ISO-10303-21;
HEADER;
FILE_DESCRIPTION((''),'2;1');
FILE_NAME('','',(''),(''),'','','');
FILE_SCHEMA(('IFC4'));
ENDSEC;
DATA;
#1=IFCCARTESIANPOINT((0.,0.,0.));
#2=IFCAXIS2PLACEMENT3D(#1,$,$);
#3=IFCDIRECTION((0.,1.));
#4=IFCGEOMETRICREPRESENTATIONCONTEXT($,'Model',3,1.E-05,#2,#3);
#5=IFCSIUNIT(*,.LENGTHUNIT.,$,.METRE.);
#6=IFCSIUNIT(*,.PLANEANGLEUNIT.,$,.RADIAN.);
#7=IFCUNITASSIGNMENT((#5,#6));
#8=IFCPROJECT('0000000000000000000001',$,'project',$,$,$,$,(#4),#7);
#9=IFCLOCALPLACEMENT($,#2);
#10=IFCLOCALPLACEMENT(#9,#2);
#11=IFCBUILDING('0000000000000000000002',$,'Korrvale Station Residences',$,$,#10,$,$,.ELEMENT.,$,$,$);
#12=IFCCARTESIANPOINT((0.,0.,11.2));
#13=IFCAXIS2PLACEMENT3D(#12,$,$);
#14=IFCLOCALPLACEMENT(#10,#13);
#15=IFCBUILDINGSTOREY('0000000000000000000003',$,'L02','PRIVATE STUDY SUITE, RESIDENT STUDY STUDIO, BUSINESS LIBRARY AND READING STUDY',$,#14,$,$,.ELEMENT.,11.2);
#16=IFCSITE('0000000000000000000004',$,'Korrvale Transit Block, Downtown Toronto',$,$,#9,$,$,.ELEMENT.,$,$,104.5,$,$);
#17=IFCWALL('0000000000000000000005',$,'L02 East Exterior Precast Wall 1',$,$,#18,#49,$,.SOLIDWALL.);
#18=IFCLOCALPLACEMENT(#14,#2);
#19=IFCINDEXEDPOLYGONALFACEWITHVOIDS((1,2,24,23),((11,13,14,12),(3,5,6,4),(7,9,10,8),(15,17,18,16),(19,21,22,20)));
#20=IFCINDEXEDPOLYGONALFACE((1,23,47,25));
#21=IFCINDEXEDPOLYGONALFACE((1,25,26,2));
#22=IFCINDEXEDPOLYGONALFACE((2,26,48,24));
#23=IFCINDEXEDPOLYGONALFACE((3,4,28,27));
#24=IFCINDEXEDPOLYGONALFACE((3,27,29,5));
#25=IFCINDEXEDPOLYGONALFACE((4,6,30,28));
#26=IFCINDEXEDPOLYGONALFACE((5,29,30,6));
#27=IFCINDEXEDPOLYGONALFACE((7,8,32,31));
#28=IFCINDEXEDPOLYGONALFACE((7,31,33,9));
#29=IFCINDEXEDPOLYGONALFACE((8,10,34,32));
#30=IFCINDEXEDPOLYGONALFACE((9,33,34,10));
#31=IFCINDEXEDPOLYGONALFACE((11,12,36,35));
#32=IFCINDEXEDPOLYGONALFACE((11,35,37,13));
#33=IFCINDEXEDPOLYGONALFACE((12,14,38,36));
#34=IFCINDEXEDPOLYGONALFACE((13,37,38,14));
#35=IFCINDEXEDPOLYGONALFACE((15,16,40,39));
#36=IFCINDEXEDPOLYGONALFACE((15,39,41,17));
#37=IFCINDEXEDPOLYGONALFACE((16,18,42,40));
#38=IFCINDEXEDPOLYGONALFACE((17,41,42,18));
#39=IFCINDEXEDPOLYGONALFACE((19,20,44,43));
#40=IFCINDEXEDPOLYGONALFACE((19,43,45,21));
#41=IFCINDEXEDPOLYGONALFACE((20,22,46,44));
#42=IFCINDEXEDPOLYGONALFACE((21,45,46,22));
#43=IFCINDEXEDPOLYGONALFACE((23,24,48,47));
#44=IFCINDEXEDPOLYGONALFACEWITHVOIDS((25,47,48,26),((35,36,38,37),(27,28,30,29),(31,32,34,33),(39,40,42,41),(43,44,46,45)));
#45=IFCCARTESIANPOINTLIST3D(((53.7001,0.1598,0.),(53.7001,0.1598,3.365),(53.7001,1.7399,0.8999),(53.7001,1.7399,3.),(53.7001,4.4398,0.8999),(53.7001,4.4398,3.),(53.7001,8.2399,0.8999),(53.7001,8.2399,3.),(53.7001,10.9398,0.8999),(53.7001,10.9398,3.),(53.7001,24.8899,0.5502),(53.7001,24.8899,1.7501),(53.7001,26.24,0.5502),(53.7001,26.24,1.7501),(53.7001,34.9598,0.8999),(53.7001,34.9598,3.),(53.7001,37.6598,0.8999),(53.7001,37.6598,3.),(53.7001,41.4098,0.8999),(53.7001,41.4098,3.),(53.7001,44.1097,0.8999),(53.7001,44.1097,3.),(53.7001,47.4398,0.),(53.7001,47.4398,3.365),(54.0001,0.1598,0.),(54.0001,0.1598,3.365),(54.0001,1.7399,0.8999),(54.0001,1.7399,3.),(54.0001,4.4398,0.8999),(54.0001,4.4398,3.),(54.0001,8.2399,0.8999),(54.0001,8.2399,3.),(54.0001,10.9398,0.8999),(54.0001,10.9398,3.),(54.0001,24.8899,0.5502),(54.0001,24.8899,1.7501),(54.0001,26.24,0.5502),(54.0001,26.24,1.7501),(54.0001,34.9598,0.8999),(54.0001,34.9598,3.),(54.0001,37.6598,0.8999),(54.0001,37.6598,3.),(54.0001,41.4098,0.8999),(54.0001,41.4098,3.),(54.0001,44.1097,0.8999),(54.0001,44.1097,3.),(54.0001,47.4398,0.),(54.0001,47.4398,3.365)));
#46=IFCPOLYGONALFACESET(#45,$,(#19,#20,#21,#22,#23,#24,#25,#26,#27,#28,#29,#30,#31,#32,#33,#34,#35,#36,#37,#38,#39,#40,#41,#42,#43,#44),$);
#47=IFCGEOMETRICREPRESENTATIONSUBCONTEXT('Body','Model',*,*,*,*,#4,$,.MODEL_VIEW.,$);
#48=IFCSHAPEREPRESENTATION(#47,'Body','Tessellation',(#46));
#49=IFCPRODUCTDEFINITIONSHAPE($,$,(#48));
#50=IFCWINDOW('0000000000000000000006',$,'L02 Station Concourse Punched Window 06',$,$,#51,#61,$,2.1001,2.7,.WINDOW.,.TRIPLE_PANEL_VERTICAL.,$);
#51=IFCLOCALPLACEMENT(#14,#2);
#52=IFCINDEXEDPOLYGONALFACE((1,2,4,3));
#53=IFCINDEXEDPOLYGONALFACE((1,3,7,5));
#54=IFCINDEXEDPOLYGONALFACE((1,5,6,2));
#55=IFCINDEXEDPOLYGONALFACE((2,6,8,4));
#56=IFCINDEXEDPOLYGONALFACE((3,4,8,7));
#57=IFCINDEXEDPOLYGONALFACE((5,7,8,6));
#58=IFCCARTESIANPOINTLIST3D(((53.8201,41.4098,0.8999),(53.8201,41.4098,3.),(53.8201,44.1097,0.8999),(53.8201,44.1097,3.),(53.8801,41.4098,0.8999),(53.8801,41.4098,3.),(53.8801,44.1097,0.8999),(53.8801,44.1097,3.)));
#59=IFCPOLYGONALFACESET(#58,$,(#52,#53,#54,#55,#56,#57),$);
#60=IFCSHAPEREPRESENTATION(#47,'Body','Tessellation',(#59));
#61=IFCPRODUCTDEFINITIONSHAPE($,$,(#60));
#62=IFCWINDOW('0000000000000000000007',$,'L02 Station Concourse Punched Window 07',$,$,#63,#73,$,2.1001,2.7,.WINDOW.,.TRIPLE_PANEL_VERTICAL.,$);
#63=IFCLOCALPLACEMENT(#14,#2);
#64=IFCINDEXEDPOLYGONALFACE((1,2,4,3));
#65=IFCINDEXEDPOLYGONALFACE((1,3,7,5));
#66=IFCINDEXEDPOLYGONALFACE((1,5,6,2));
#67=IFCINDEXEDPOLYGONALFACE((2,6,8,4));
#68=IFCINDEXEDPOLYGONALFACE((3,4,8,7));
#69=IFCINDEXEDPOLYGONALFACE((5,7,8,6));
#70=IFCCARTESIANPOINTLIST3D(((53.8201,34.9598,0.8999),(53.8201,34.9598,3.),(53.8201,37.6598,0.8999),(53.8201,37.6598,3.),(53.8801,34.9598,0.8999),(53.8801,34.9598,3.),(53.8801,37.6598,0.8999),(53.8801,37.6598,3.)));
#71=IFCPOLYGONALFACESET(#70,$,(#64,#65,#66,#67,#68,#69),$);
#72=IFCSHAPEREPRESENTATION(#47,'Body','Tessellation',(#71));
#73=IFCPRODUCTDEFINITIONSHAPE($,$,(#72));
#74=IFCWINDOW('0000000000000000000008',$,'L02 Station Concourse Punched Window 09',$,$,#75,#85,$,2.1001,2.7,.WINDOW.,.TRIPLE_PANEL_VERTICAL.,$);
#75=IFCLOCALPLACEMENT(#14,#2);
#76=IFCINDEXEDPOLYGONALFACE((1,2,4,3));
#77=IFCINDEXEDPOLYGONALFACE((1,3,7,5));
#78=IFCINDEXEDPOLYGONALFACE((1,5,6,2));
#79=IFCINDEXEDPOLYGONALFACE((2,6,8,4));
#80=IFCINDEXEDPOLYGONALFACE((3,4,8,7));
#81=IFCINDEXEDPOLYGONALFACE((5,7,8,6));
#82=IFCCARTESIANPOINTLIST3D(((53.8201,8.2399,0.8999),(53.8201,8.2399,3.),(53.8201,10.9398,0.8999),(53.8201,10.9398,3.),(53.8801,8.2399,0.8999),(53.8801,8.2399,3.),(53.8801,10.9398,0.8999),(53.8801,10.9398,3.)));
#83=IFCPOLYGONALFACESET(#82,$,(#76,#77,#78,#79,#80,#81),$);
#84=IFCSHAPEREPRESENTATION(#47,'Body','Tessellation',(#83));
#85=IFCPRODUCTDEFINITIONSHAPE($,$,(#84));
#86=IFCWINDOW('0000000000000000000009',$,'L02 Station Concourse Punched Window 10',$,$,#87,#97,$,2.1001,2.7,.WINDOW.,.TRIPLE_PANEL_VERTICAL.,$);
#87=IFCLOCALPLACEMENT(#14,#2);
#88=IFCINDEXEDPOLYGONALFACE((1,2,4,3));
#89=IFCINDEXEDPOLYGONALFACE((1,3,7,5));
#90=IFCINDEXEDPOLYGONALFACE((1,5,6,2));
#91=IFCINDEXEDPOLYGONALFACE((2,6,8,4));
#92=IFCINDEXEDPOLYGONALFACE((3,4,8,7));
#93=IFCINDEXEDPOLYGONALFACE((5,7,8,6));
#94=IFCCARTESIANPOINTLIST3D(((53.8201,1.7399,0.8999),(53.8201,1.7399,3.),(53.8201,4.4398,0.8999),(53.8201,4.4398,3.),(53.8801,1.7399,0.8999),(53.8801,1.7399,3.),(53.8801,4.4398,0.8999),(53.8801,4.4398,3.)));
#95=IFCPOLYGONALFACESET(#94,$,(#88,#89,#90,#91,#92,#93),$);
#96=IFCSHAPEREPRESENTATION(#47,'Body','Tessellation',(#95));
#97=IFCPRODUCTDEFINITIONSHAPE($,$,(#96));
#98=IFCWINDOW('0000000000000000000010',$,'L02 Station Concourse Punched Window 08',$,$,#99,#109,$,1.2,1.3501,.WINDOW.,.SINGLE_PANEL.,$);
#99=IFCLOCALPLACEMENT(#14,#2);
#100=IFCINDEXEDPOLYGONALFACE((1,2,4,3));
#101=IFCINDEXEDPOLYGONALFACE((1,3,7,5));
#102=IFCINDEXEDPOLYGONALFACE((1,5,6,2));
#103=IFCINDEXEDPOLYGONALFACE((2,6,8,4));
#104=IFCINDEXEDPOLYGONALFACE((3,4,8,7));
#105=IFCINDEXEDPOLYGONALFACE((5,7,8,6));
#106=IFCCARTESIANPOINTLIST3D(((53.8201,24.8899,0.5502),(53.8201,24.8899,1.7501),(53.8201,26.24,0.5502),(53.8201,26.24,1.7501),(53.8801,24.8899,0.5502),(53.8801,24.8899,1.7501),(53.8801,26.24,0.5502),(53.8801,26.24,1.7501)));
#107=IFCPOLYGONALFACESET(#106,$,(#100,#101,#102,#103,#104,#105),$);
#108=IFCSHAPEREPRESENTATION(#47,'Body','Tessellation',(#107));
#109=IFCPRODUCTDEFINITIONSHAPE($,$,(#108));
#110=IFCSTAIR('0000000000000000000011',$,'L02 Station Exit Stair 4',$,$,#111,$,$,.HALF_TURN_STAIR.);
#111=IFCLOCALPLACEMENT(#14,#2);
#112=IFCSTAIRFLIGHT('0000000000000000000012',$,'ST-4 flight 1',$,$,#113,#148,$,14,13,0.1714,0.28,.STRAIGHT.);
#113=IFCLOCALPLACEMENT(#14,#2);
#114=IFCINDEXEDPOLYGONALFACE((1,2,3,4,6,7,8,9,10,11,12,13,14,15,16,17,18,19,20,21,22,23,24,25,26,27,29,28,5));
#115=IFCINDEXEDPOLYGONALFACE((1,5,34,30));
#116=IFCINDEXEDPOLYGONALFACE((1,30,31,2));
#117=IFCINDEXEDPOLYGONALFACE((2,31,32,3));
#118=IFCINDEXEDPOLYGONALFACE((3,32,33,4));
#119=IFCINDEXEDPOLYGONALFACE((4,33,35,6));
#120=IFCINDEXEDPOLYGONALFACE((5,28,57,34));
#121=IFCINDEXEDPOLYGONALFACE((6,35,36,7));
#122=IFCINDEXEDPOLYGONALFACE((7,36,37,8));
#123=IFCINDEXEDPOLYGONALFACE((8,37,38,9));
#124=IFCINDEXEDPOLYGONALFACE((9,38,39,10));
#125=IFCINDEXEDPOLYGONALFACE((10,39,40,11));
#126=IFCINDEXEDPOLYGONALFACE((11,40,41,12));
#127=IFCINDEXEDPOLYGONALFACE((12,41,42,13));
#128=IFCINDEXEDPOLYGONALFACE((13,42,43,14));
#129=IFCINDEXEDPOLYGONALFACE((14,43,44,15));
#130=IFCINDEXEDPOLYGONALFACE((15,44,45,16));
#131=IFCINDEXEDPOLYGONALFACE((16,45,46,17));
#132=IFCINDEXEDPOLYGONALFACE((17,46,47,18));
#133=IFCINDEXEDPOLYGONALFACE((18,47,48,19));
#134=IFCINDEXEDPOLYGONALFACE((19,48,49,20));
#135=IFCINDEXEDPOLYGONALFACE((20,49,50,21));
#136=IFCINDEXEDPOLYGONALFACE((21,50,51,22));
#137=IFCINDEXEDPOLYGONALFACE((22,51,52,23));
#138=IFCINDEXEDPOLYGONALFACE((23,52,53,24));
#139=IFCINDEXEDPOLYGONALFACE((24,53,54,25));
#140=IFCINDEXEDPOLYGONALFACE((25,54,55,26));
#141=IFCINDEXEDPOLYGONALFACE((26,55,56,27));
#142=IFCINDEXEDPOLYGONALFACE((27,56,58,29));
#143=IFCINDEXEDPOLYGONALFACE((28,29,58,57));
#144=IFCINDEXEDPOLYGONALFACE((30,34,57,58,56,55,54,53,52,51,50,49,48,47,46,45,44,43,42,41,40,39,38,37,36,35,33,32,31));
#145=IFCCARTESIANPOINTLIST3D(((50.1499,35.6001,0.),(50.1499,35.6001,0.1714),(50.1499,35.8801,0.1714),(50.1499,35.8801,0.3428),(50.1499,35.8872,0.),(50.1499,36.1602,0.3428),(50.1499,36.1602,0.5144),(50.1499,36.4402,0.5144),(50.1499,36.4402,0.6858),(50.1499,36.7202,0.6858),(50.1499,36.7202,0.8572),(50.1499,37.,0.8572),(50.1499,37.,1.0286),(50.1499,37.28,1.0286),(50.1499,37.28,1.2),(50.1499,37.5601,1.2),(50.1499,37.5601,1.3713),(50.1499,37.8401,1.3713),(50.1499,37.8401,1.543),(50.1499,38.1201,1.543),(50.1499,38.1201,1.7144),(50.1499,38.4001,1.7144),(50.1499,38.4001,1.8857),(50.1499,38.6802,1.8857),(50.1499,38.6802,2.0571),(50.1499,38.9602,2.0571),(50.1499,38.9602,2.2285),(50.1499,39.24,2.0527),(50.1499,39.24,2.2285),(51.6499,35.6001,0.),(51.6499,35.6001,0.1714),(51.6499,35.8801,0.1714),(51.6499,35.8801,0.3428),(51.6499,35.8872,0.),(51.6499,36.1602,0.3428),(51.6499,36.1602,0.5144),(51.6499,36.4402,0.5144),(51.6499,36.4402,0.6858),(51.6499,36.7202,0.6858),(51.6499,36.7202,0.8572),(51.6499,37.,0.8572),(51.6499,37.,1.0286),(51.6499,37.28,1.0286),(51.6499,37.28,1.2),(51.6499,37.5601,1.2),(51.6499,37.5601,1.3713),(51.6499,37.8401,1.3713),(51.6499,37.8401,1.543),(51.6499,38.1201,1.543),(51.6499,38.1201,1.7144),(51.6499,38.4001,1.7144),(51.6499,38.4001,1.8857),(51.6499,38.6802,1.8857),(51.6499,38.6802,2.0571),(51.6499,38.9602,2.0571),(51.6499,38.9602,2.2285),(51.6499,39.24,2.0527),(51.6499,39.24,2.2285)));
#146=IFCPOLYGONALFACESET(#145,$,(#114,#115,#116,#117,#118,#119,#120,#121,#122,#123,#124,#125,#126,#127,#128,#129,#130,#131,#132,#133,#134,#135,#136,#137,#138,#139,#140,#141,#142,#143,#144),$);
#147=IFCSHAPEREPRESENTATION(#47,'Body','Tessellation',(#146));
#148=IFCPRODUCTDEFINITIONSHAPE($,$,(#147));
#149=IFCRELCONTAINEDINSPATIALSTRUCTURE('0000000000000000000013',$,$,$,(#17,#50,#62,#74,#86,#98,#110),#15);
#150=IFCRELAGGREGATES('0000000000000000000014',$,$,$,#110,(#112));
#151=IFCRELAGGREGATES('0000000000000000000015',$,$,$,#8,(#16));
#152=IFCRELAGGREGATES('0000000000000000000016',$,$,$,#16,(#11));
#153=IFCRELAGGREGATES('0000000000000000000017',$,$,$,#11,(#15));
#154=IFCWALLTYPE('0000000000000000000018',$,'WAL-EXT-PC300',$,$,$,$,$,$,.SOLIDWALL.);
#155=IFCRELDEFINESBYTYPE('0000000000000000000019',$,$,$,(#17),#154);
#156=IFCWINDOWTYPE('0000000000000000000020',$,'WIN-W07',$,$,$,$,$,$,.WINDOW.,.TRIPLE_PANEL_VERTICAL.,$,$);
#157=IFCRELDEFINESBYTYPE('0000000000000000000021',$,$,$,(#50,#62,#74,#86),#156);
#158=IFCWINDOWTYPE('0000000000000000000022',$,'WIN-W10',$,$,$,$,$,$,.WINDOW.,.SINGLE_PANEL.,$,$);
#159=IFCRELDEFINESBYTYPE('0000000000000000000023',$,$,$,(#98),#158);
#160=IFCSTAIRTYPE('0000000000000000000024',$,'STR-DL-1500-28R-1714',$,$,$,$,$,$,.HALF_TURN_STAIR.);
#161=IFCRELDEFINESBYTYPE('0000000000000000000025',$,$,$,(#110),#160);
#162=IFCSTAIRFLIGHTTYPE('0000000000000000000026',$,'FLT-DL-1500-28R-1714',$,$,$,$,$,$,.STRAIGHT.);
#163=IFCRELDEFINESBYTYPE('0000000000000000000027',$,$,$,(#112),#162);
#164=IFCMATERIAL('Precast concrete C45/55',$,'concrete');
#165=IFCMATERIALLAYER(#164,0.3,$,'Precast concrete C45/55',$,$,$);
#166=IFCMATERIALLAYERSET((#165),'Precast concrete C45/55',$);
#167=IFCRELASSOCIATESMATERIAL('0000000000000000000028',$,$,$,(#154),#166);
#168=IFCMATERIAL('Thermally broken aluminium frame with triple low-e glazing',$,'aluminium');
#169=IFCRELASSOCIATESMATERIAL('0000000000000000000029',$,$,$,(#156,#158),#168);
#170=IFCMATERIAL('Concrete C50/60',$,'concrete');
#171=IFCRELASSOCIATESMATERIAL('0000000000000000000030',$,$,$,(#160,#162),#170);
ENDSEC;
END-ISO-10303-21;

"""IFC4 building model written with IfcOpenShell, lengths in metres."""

from ifc_helpers import new_model, si_unit, direction, frame, frame_2d, origin, place, context, subcontext, project, spatial, polyline, rectangle, outline, extrude, material, layer, layer_set, type_object, element, fill, aggregate, save


model = new_model("IFC4")

# Units and contexts
model_context = context("Model", 3, precision=1e-05, world=origin(), true_north=direction((0.0, 1.0)))
body_context = subcontext(model_context, "Body", "Model", "MODEL_VIEW")
ifc_project = project(units=[si_unit("LENGTHUNIT", "METRE"), si_unit("PLANEANGLEUNIT", "RADIAN")], contexts=[model_context])

# Site, building, storey
site_placement = place(None, origin())
site = spatial("IfcSite", under=ifc_project, at=site_placement, Name="Korrvale Transit Block, Downtown Toronto", CompositionType="ELEMENT", RefElevation=104.5)
building_placement = place(site_placement, origin())
building = spatial("IfcBuilding", under=site, at=building_placement, Name="Korrvale Station Residences", CompositionType="ELEMENT")
storey_placement = place(building_placement, frame((0.0, 0.0, 11.2)))
storey = spatial("IfcBuildingStorey", under=building, at=storey_placement, Name="L02", Description="PRIVATE STUDY SUITE, RESIDENT STUDY STUDIO, BUSINESS LIBRARY AND READING STUDY", CompositionType="ELEMENT", Elevation=11.2)

# Wall, openings, windows
ifc_material_1 = material(Name="Precast concrete C45/55", Category="concrete")
ifc_layer_1 = layer(ifc_material_1, 0.3, Name="Precast concrete C45/55")
ifc_layer_set_1 = layer_set([ifc_layer_1], Name="Precast concrete C45/55")
wall_type_1 = type_object("IfcWallType", Name="WAL-EXT-PC300", PredefinedType="SOLIDWALL", material=ifc_layer_set_1)
wall_1_placement = place(storey_placement, frame((53.8501, 47.4399, 0.0), z_axis=(0.0, 0.0, 1.0), x_axis=(0.0, -1.0, 0.0)))
wall_1 = element("IfcWall", 1, at=wall_1_placement, inside=storey, type_object=wall_type_1, Name="L02 East Exterior Precast Wall 1", PredefinedType="SOLIDWALL", context=body_context, shape_type="SweptSolid", body=[
    extrude(rectangle(XDim=47.28, YDim=0.3, at=frame_2d((23.6401, 0.0))), origin(), (0.0, 0.0, 1.0), 3.365),
])
opening_1_placement = place(wall_1_placement, frame((3.3301, 0.0, 0.8999)))
opening_1 = element("IfcOpeningElement", 2, at=opening_1_placement, cuts=wall_1, PredefinedType="OPENING", context=body_context, shape_type="SweptSolid", body=[
    extrude(rectangle(XDim=2.7, YDim=2.1001, at=frame_2d((1.3501, 1.05))), frame((0.0, 0.1602, 0.0), z_axis=(0.0, -1.0, 0.0), x_axis=(1.0, 0.0, 0.0)), (0.0, 0.0, 1.0), 0.3201),
])
opening_2_placement = place(wall_1_placement, frame((9.78, 0.0, 0.8999)))
opening_2 = element("IfcOpeningElement", 3, at=opening_2_placement, cuts=wall_1, PredefinedType="OPENING", context=body_context, shape_type="SweptSolid", body=[
    extrude(rectangle(XDim=2.7, YDim=2.1001, at=frame_2d((1.3501, 1.05))), frame((0.0, 0.1602, 0.0), z_axis=(0.0, -1.0, 0.0), x_axis=(1.0, 0.0, 0.0)), (0.0, 0.0, 1.0), 0.3201),
])
opening_3_placement = place(wall_1_placement, frame((21.2, 0.0, 0.55)))
opening_3 = element("IfcOpeningElement", 4, at=opening_3_placement, cuts=wall_1, PredefinedType="OPENING", context=body_context, shape_type="SweptSolid", body=[
    extrude(rectangle(XDim=1.3501, YDim=1.2, at=frame_2d((0.675, 0.6001))), frame((0.0, 0.1602, 0.0), z_axis=(0.0, -1.0, 0.0), x_axis=(1.0, 0.0, 0.0)), (0.0, 0.0, 1.0), 0.3201),
])
opening_4_placement = place(wall_1_placement, frame((36.5, 0.0, 0.8999)))
opening_4 = element("IfcOpeningElement", 5, at=opening_4_placement, cuts=wall_1, PredefinedType="OPENING", context=body_context, shape_type="SweptSolid", body=[
    extrude(rectangle(XDim=2.7, YDim=2.1001, at=frame_2d((1.3501, 1.05))), frame((0.0, 0.1602, 0.0), z_axis=(0.0, -1.0, 0.0), x_axis=(1.0, 0.0, 0.0)), (0.0, 0.0, 1.0), 0.3201),
])
opening_5_placement = place(wall_1_placement, frame((43.0, 0.0, 0.8999)))
opening_5 = element("IfcOpeningElement", 6, at=opening_5_placement, cuts=wall_1, PredefinedType="OPENING", context=body_context, shape_type="SweptSolid", body=[
    extrude(rectangle(XDim=2.7, YDim=2.1001, at=frame_2d((1.3501, 1.05))), frame((0.0, 0.1602, 0.0), z_axis=(0.0, -1.0, 0.0), x_axis=(1.0, 0.0, 0.0)), (0.0, 0.0, 1.0), 0.3201),
])
ifc_material_2 = material(Name="Thermally broken aluminium frame with triple low-e glazing", Category="aluminium")
window_type_1 = type_object("IfcWindowType", Name="WIN-W07", PartitioningType="TRIPLE_PANEL_VERTICAL", PredefinedType="WINDOW", material=ifc_material_2)
window_1_placement = place(opening_1_placement, origin())
window_1 = element("IfcWindow", 7, at=window_1_placement, inside=storey, type_object=window_type_1, Name="L02 Station Concourse Punched Window 06", OverallHeight=2.1001, OverallWidth=2.7, PartitioningType="TRIPLE_PANEL_VERTICAL", PredefinedType="WINDOW", context=body_context, shape_type="SweptSolid", body=[
    extrude(rectangle(XDim=2.7, YDim=2.1001, at=frame_2d((1.3501, 1.05))), frame((0.0, 0.03, 0.0), z_axis=(0.0, -1.0, 0.0), x_axis=(1.0, 0.0, 0.0)), (0.0, 0.0, 1.0), 0.0601),
])
fill(opening_1, window_1)
window_2_placement = place(opening_2_placement, origin())
window_2 = element("IfcWindow", 8, at=window_2_placement, inside=storey, type_object=window_type_1, Name="L02 Station Concourse Punched Window 07", OverallHeight=2.1001, OverallWidth=2.7, PartitioningType="TRIPLE_PANEL_VERTICAL", PredefinedType="WINDOW", context=body_context, shape_type="SweptSolid", body=[
    extrude(rectangle(XDim=2.7, YDim=2.1001, at=frame_2d((1.3501, 1.05))), frame((0.0, 0.03, 0.0), z_axis=(0.0, -1.0, 0.0), x_axis=(1.0, 0.0, 0.0)), (0.0, 0.0, 1.0), 0.0601),
])
fill(opening_2, window_2)
window_3_placement = place(opening_4_placement, origin())
window_3 = element("IfcWindow", 9, at=window_3_placement, inside=storey, type_object=window_type_1, Name="L02 Station Concourse Punched Window 09", OverallHeight=2.1001, OverallWidth=2.7, PartitioningType="TRIPLE_PANEL_VERTICAL", PredefinedType="WINDOW", context=body_context, shape_type="SweptSolid", body=[
    extrude(rectangle(XDim=2.7, YDim=2.1001, at=frame_2d((1.3501, 1.05))), frame((0.0, 0.03, 0.0), z_axis=(0.0, -1.0, 0.0), x_axis=(1.0, 0.0, 0.0)), (0.0, 0.0, 1.0), 0.0601),
])
fill(opening_4, window_3)
window_4_placement = place(opening_5_placement, origin())
window_4 = element("IfcWindow", 10, at=window_4_placement, inside=storey, type_object=window_type_1, Name="L02 Station Concourse Punched Window 10", OverallHeight=2.1001, OverallWidth=2.7, PartitioningType="TRIPLE_PANEL_VERTICAL", PredefinedType="WINDOW", context=body_context, shape_type="SweptSolid", body=[
    extrude(rectangle(XDim=2.7, YDim=2.1001, at=frame_2d((1.3501, 1.05))), frame((0.0, 0.03, 0.0), z_axis=(0.0, -1.0, 0.0), x_axis=(1.0, 0.0, 0.0)), (0.0, 0.0, 1.0), 0.0601),
])
fill(opening_5, window_4)
window_type_2 = type_object("IfcWindowType", Name="WIN-W10", PartitioningType="SINGLE_PANEL", PredefinedType="WINDOW", material=ifc_material_2)
window_5_placement = place(opening_3_placement, origin())
window_5 = element("IfcWindow", 11, at=window_5_placement, inside=storey, type_object=window_type_2, Name="L02 Station Concourse Punched Window 08", OverallHeight=1.2, OverallWidth=1.3501, PartitioningType="SINGLE_PANEL", PredefinedType="WINDOW", context=body_context, shape_type="SweptSolid", body=[
    extrude(rectangle(XDim=1.3501, YDim=1.2, at=frame_2d((0.675, 0.6001))), frame((0.0, 0.03, 0.0), z_axis=(0.0, -1.0, 0.0), x_axis=(1.0, 0.0, 0.0)), (0.0, 0.0, 1.0), 0.0601),
])
fill(opening_3, window_5)

# Stair, stair flight
ifc_material_3 = material(Name="Concrete C50/60", Category="concrete")
stair_type = type_object("IfcStairType", Name="STR-DL-1500-28R-1714", PredefinedType="HALF_TURN_STAIR", material=ifc_material_3)
stair_placement = place(storey_placement, origin())
stair = element("IfcStair", 12, at=stair_placement, inside=storey, type_object=stair_type, Name="L02 Station Exit Stair 4", PredefinedType="HALF_TURN_STAIR")
stair_flight_type = type_object("IfcStairFlightType", Name="FLT-DL-1500-28R-1714", PredefinedType="STRAIGHT", material=ifc_material_3)
stair_flight_1_placement = place(storey_placement, frame((50.8999, 35.6001, 0.0), z_axis=(0.0, 0.0, 1.0), x_axis=(0.0, 1.0, 0.0)))
stair_flight_1 = element("IfcStairFlight", 13, at=stair_flight_1_placement, type_object=stair_flight_type, Name="ST-4 flight 1", NumberOfRisers=14, NumberOfTreads=13, PredefinedType="STRAIGHT", RiserHeight=0.1714, TreadLength=0.28, context=body_context, shape_type="SweptSolid", body=[
    extrude(outline(polyline([(0.0, 0.0), (0.0, 0.1714), (0.28, 0.1714), (0.28, 0.3428), (0.5601, 0.3428), (0.5601, 0.5144), (0.8401, 0.5144), (0.8401, 0.6858), (1.1201, 0.6858), (1.1201, 0.8572), (1.3999, 0.8572), (1.3999, 1.0286), (1.6799, 1.0286), (1.6799, 1.2), (1.96, 1.2), (1.96, 1.3713), (2.24, 1.3713), (2.24, 1.543), (2.52, 1.543), (2.52, 1.7144), (2.8, 1.7144), (2.8, 1.8857), (3.0801, 1.8857), (3.0801, 2.0571), (3.3601, 2.0571), (3.3601, 2.2285), (3.6399, 2.2285), (3.6399, 2.3999), (3.6399, 2.0527), (0.2871, 0.0), (0.0, 0.0)])), frame((0.0, 0.75, 0.0), z_axis=(0.0, -1.0, 0.0), x_axis=(1.0, 0.0, 0.0)), (0.0, 0.0, 1.0), 1.5),
])
aggregate(stair, [stair_flight_1])

save(model, "model.ifc")
